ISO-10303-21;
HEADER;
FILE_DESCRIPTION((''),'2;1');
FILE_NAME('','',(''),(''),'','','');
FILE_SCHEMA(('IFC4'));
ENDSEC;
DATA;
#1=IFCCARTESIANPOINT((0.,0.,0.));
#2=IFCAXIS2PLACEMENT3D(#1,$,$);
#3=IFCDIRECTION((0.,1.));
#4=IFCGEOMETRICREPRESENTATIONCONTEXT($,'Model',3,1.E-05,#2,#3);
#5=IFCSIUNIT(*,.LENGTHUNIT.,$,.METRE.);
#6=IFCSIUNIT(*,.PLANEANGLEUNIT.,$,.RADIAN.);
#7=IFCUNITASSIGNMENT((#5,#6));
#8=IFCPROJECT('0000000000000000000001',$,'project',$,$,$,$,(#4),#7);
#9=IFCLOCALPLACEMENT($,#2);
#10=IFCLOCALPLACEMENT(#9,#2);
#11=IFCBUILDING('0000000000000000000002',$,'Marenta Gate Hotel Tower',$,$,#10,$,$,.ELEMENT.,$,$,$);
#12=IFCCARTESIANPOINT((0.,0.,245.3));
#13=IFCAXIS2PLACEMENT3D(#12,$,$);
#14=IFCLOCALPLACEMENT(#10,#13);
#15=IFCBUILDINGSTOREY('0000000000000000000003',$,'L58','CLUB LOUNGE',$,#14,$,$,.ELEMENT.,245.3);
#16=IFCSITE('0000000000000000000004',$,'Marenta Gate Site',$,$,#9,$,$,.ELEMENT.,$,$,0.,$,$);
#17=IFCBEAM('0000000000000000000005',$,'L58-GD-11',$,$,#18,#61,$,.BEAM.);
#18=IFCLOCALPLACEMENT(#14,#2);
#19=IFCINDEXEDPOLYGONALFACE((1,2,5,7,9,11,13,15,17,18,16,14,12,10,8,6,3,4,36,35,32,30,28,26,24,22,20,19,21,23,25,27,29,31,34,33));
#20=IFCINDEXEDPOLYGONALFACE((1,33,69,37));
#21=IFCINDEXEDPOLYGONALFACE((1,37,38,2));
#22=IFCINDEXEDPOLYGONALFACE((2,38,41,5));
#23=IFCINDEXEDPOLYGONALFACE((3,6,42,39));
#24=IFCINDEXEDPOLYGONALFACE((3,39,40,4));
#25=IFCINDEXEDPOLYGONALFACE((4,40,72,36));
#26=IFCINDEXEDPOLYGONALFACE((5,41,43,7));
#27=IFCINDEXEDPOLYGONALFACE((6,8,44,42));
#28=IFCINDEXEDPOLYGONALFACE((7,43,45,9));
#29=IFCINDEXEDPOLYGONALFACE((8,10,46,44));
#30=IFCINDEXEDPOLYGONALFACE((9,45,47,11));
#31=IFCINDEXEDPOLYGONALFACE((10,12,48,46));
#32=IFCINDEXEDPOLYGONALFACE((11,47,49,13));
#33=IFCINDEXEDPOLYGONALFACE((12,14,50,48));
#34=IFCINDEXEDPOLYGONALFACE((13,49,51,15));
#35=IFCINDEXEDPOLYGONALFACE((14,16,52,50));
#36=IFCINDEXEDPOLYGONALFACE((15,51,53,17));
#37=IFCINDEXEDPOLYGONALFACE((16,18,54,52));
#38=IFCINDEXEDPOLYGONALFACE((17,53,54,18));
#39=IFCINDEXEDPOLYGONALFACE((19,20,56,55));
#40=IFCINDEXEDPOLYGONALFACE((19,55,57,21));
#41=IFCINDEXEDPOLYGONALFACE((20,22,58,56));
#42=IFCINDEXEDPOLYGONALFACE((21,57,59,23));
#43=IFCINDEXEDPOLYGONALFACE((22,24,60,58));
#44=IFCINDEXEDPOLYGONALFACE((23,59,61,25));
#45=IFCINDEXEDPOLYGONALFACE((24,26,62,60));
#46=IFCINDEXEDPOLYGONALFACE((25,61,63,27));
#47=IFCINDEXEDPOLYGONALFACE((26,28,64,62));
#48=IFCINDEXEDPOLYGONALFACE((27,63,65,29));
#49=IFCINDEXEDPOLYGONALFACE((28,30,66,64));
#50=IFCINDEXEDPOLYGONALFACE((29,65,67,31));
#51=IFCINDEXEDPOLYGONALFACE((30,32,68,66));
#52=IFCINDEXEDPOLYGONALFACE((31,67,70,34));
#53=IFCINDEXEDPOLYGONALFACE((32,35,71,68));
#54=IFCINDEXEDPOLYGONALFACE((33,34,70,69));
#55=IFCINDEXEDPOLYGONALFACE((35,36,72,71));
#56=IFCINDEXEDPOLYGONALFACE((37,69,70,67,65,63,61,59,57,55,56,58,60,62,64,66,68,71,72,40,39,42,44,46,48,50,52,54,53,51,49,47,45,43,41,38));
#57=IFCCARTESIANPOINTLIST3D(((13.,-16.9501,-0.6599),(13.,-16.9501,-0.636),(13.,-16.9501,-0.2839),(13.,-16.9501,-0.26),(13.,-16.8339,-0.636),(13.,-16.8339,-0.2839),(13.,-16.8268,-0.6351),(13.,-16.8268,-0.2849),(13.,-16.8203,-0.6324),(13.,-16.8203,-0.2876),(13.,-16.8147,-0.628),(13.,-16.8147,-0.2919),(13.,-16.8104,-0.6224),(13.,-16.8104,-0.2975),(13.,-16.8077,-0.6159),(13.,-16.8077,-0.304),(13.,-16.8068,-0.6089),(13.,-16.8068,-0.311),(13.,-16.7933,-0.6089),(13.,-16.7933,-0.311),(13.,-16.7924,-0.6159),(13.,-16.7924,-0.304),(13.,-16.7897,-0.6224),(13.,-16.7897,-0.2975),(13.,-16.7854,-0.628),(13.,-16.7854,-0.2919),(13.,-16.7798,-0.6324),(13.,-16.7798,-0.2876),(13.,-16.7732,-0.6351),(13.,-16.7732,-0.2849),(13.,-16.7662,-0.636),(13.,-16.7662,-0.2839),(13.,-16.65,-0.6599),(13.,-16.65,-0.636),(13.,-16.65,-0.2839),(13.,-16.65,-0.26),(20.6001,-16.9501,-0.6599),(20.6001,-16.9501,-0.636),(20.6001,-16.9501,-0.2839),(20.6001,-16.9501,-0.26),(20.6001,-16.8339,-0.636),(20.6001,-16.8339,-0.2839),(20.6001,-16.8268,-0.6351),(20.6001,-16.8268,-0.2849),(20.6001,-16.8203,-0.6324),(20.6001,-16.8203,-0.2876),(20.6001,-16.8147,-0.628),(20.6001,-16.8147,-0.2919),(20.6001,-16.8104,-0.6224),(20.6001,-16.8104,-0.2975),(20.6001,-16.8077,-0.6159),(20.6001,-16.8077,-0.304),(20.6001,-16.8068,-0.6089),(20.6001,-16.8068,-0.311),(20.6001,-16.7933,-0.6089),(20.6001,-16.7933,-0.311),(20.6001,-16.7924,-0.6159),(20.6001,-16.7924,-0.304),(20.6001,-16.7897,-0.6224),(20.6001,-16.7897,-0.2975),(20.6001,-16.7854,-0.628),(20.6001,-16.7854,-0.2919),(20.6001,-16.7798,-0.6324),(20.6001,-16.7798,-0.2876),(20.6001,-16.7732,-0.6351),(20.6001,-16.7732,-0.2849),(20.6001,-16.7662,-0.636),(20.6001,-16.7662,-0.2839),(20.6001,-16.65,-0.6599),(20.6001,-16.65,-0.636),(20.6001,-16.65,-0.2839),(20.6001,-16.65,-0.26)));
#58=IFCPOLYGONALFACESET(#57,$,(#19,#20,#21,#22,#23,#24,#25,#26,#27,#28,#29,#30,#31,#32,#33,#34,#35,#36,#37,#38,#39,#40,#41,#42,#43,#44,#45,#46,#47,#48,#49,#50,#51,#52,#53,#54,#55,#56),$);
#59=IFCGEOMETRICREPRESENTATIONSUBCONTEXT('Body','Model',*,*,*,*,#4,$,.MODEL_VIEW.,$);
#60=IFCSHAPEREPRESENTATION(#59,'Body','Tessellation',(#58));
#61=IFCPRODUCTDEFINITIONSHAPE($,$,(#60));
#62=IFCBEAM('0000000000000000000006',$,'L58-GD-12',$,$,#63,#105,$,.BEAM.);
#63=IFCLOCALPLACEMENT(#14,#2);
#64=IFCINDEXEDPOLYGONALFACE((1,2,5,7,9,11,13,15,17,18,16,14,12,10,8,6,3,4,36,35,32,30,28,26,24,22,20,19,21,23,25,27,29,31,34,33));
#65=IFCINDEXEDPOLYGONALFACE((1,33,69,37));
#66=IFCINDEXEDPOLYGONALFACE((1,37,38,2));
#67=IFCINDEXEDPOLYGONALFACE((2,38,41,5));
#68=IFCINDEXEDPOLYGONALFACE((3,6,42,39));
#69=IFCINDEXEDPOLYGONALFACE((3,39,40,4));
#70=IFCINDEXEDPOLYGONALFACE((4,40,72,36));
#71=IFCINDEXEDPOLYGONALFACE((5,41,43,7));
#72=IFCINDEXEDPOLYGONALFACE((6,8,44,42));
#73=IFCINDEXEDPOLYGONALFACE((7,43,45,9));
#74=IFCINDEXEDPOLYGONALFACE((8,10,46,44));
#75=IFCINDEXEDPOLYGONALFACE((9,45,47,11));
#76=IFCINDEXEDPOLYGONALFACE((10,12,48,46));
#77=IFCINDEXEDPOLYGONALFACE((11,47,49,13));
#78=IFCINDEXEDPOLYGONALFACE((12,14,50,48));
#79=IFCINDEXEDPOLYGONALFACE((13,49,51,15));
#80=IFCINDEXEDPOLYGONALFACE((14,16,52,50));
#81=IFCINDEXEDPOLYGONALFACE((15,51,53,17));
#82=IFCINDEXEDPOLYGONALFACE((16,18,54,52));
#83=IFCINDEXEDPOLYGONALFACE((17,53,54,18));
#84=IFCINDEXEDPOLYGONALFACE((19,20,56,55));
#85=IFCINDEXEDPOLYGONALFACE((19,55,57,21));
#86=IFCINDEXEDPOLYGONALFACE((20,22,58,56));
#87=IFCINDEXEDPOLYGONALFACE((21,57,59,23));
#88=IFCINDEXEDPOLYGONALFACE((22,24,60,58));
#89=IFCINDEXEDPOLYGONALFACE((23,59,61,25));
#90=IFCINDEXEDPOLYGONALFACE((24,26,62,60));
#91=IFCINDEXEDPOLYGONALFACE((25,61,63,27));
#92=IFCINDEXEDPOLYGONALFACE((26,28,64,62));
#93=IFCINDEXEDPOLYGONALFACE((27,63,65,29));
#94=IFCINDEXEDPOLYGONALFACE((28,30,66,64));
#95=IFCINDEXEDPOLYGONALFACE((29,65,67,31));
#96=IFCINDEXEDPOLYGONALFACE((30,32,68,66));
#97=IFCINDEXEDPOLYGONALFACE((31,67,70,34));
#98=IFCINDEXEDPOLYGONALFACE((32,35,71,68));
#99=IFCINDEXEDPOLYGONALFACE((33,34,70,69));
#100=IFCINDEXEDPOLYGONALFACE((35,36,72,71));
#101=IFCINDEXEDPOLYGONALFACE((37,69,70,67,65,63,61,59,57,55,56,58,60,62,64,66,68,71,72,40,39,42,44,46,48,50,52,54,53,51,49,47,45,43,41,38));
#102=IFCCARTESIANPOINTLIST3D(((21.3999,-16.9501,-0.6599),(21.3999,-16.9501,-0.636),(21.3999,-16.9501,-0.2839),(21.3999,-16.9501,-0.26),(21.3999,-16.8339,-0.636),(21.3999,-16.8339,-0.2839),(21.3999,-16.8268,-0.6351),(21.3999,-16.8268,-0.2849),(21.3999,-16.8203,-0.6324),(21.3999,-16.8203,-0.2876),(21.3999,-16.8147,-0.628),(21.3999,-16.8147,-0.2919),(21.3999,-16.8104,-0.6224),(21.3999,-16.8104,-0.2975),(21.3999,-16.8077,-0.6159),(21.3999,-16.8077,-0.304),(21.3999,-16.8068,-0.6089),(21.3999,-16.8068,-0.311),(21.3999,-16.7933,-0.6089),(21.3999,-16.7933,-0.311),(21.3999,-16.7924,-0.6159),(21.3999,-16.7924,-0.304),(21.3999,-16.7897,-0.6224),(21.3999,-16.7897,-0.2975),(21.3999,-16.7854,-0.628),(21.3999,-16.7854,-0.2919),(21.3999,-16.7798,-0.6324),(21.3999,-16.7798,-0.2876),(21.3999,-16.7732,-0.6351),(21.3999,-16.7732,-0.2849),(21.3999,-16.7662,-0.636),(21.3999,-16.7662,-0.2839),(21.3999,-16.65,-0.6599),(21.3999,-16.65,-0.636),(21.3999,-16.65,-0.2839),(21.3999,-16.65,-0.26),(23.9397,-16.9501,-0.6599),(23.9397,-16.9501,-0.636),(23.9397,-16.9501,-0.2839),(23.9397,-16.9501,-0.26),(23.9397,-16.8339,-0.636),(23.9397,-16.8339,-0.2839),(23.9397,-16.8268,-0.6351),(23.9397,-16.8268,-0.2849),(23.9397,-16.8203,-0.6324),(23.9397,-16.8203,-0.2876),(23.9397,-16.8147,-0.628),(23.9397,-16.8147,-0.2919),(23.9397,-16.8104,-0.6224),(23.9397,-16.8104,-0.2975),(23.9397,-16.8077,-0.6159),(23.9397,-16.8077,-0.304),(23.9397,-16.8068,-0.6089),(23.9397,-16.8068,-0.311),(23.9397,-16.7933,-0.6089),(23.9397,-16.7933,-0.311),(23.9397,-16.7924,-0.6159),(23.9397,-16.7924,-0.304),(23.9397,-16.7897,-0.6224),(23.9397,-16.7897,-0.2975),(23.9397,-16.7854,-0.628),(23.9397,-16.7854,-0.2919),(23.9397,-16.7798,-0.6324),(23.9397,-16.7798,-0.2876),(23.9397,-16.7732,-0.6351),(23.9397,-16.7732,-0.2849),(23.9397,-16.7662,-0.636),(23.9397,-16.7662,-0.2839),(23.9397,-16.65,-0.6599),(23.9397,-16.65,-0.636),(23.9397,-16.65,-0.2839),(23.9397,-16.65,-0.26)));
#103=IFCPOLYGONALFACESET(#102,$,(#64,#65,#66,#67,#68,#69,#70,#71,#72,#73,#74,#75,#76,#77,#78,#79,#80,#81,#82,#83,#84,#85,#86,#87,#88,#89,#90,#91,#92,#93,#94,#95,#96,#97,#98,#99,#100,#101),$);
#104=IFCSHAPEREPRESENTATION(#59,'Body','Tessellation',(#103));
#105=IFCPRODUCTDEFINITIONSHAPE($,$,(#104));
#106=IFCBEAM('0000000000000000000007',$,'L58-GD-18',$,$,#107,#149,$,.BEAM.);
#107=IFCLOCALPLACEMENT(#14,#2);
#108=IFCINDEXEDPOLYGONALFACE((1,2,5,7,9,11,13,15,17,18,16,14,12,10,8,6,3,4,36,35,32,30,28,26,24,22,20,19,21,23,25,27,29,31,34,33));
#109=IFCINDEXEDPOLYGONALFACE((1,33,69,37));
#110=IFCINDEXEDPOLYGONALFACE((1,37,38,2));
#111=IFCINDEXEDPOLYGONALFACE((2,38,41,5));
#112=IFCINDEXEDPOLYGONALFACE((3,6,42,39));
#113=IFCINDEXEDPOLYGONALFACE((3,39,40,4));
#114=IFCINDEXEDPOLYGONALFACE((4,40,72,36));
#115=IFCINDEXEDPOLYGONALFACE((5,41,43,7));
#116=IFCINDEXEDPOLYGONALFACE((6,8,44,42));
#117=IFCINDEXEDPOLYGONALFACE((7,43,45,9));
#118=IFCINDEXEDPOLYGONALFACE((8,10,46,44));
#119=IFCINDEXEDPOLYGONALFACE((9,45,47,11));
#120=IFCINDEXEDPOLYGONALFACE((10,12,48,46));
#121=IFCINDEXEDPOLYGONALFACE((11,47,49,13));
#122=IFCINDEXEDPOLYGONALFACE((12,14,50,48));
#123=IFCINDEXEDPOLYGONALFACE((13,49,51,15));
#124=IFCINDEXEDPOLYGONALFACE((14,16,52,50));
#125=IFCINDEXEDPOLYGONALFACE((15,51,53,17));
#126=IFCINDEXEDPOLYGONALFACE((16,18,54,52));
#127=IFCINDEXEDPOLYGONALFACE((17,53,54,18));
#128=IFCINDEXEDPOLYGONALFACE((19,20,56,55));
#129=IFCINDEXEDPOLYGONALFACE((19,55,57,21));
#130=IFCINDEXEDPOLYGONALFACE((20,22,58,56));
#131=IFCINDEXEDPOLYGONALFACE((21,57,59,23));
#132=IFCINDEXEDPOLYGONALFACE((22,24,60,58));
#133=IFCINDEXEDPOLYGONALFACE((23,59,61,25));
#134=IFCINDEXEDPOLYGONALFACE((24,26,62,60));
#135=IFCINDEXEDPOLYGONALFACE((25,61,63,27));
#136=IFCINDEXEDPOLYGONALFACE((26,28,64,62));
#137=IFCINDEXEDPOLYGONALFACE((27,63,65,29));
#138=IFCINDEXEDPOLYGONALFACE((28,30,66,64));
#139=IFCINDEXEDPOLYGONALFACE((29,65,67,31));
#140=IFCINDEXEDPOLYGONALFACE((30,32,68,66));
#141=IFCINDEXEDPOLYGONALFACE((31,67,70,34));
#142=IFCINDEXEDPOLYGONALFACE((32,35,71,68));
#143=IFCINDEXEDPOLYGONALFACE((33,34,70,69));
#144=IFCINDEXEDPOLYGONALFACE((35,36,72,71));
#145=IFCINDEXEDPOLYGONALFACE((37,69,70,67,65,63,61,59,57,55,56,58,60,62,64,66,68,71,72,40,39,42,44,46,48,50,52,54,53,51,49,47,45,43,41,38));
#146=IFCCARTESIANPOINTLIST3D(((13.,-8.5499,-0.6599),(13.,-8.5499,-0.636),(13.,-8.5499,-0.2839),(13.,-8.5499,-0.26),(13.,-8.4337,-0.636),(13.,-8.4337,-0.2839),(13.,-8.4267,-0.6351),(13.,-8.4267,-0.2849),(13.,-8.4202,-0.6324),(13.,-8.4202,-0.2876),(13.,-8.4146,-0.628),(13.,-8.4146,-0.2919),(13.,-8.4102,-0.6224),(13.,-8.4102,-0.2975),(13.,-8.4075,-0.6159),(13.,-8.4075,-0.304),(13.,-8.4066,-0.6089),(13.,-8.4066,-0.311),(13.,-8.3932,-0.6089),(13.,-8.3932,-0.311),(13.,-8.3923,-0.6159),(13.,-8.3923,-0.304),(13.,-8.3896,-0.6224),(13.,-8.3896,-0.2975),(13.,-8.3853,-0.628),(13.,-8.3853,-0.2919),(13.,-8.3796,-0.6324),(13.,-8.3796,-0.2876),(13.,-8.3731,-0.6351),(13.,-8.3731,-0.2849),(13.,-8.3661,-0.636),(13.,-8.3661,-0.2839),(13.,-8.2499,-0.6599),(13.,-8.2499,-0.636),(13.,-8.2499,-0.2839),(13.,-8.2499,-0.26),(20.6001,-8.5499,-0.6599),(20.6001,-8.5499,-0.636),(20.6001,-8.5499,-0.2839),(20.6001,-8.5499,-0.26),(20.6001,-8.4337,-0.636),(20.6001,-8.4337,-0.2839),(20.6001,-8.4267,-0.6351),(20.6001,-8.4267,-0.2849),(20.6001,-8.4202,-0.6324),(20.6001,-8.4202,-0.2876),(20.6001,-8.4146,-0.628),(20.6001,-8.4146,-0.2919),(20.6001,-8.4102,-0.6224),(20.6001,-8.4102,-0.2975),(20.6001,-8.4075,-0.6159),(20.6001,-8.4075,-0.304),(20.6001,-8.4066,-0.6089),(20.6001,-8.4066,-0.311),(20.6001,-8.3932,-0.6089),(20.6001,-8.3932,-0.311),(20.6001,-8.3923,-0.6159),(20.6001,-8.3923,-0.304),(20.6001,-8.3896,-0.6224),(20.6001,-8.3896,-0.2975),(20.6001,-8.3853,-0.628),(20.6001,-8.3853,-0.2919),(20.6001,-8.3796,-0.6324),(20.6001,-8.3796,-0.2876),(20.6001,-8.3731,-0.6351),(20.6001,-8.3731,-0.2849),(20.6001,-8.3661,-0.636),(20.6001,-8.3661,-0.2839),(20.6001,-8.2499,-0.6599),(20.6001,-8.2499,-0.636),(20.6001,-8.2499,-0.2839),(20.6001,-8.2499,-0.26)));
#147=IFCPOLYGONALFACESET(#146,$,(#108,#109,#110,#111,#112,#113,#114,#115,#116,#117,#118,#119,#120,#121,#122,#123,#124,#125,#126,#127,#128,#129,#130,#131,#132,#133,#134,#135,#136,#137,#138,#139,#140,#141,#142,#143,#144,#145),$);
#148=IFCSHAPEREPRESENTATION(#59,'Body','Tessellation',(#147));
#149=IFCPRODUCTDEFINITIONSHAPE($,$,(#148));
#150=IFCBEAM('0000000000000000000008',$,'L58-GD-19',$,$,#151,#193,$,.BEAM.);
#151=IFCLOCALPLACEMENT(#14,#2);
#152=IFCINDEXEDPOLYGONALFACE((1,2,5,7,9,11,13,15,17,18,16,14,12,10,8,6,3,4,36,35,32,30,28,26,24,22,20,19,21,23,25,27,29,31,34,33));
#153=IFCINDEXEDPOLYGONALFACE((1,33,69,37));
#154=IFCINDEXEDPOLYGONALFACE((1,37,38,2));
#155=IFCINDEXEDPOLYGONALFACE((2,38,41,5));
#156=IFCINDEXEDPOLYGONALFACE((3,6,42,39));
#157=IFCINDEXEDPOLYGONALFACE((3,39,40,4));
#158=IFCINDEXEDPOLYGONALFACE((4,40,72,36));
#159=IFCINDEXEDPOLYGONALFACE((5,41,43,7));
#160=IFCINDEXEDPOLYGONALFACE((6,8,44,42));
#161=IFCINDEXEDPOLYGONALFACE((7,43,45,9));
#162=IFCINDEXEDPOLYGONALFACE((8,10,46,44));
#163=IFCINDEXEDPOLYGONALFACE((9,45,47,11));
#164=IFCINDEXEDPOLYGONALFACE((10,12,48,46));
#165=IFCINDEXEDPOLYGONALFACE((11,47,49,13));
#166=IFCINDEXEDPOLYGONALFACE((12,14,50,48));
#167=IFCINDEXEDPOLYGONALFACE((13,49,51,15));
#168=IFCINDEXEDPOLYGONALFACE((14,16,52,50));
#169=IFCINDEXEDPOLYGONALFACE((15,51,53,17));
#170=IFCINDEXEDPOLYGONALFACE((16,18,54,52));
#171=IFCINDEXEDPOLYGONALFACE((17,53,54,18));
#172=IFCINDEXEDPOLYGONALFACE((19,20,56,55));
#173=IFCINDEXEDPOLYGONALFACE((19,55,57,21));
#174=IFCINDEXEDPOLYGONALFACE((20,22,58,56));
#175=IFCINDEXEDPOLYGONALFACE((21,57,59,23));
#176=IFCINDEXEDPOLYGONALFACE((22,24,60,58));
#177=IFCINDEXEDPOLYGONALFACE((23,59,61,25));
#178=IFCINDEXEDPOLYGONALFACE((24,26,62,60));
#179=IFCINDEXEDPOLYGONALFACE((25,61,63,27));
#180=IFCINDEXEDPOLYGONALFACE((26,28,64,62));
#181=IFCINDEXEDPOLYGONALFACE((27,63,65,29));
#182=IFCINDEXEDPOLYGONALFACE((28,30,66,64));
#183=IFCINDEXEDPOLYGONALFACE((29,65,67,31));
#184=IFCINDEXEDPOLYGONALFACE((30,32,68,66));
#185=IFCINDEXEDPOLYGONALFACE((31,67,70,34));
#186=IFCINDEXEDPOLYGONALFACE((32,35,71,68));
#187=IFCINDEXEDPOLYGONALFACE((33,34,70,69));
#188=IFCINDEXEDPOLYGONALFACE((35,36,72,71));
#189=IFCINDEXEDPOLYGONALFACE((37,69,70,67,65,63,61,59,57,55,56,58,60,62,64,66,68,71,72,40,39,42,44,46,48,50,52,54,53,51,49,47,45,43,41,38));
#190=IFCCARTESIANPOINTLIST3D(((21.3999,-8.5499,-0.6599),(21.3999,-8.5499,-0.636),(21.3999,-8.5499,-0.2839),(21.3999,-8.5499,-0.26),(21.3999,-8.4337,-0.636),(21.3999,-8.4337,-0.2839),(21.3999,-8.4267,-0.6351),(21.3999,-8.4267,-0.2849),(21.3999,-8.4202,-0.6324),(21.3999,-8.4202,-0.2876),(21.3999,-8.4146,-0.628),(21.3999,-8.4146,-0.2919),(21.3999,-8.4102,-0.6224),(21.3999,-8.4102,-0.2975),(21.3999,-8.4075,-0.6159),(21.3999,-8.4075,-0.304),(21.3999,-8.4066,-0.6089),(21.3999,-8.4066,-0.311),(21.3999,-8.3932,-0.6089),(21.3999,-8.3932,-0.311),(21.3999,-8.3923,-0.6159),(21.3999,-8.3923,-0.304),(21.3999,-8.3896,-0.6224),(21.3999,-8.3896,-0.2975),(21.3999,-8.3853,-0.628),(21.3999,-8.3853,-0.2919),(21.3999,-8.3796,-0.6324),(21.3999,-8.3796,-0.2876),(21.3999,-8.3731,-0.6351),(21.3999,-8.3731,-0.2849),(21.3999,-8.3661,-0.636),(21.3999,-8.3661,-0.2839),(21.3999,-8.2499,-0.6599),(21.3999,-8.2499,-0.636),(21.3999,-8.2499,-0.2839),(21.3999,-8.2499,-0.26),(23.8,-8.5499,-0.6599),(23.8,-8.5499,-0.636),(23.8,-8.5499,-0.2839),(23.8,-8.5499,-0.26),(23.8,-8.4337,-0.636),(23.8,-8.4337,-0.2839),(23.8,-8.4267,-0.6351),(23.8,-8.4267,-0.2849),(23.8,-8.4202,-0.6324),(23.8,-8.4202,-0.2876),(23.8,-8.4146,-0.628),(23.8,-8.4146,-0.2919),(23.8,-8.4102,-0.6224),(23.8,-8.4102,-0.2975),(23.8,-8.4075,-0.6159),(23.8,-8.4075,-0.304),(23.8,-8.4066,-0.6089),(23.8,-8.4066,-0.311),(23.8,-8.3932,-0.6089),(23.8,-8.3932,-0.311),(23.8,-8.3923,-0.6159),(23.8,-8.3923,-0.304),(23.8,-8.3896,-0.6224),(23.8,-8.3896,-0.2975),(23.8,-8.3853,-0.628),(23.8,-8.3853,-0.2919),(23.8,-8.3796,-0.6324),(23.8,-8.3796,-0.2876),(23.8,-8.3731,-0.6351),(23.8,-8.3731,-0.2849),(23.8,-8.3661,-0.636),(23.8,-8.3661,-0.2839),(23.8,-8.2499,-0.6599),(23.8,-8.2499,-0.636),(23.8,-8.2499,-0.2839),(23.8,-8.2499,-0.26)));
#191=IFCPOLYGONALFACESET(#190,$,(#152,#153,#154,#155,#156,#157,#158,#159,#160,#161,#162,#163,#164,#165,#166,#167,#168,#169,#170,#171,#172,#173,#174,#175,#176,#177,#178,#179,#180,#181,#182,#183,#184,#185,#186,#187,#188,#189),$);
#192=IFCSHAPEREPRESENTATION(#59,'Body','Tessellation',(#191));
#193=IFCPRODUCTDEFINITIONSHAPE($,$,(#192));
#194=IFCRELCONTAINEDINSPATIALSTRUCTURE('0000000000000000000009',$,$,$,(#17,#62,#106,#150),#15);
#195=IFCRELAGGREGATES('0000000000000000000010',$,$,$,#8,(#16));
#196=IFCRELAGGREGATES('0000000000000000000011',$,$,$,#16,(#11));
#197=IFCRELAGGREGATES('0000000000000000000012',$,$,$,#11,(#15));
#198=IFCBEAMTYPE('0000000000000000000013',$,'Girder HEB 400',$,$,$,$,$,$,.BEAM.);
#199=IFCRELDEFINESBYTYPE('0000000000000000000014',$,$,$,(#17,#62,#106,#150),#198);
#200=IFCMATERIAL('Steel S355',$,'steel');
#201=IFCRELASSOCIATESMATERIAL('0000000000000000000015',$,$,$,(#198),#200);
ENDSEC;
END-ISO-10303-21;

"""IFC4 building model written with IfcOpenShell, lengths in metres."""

from ifc_helpers import new_model, si_unit, direction, frame, origin, origin_2d, place, context, subcontext, project, spatial, i_section, extrude, material, material_profile, profile_set, type_object, element, save


model = new_model("IFC4")

# Units and contexts
model_context = context("Model", 3, precision=1e-05, world=origin(), true_north=direction((0.0, 1.0)))
body_context = subcontext(model_context, "Body", "Model", "MODEL_VIEW")
ifc_project = project(units=[si_unit("LENGTHUNIT", "METRE"), si_unit("PLANEANGLEUNIT", "RADIAN")], contexts=[model_context])

# Site, building, storey
site_placement = place(None, origin())
site = spatial("IfcSite", under=ifc_project, at=site_placement, Name="Marenta Gate Site", CompositionType="ELEMENT", RefElevation=0.0)
building_placement = place(site_placement, origin())
building = spatial("IfcBuilding", under=site, at=building_placement, Name="Marenta Gate Hotel Tower", CompositionType="ELEMENT")
storey_placement = place(building_placement, frame((0.0, 0.0, 245.3)))
storey = spatial("IfcBuildingStorey", under=building, at=storey_placement, Name="L58", Description="CLUB LOUNGE", CompositionType="ELEMENT", Elevation=245.3)

# Beams
ifc_material_1 = material(Name="Steel S355", Category="steel")
ifc_material_profile_1 = material_profile(ifc_material_1, i_section(OverallWidth=0.3, OverallDepth=0.3999, WebThickness=0.0134, FlangeThickness=0.0239, FilletRadius=0.0271, at=origin_2d()), Name="HEB 400")
ifc_profile_set_1 = profile_set([ifc_material_profile_1], Name="Steel S355")
beam_type_1 = type_object("IfcBeamType", Name="Girder HEB 400", PredefinedType="BEAM", material=ifc_profile_set_1)
beam_1_placement = place(storey_placement, frame((13.0, -16.8, -0.46), z_axis=(1.0, 0.0, 0.0), x_axis=(0.0, 1.0, 0.0)))
element("IfcBeam", 1, at=beam_1_placement, inside=storey, type_object=beam_type_1, Name="L58-GD-11", PredefinedType="BEAM", context=body_context, shape_type="SweptSolid", body=[
    extrude(i_section(OverallWidth=0.3, OverallDepth=0.3999, WebThickness=0.0134, FlangeThickness=0.0239, FilletRadius=0.0271, at=origin_2d()), origin(), (0.0, 0.0, 1.0), 7.6001),
])
beam_2_placement = place(storey_placement, frame((21.3999, -16.8, -0.46), z_axis=(1.0, 0.0, 0.0), x_axis=(0.0, 1.0, 0.0)))
element("IfcBeam", 2, at=beam_2_placement, inside=storey, type_object=beam_type_1, Name="L58-GD-12", PredefinedType="BEAM", context=body_context, shape_type="SweptSolid", body=[
    extrude(i_section(OverallWidth=0.3, OverallDepth=0.3999, WebThickness=0.0134, FlangeThickness=0.0239, FilletRadius=0.0271, at=origin_2d()), origin(), (0.0, 0.0, 1.0), 2.5398),
])
beam_3_placement = place(storey_placement, frame((13.0, -8.3999, -0.46), z_axis=(1.0, 0.0, 0.0), x_axis=(0.0, 1.0, 0.0)))
element("IfcBeam", 3, at=beam_3_placement, inside=storey, type_object=beam_type_1, Name="L58-GD-18", PredefinedType="BEAM", context=body_context, shape_type="SweptSolid", body=[
    extrude(i_section(OverallWidth=0.3, OverallDepth=0.3999, WebThickness=0.0134, FlangeThickness=0.0239, FilletRadius=0.0271, at=origin_2d()), origin(), (0.0, 0.0, 1.0), 7.6001),
])
beam_4_placement = place(storey_placement, frame((21.3999, -8.3999, -0.46), z_axis=(1.0, 0.0, 0.0), x_axis=(0.0, 1.0, 0.0)))
element("IfcBeam", 4, at=beam_4_placement, inside=storey, type_object=beam_type_1, Name="L58-GD-19", PredefinedType="BEAM", context=body_context, shape_type="SweptSolid", body=[
    extrude(i_section(OverallWidth=0.3, OverallDepth=0.3999, WebThickness=0.0134, FlangeThickness=0.0239, FilletRadius=0.0271, at=origin_2d()), origin(), (0.0, 0.0, 1.0), 2.4001),
])

save(model, "model.ifc")
